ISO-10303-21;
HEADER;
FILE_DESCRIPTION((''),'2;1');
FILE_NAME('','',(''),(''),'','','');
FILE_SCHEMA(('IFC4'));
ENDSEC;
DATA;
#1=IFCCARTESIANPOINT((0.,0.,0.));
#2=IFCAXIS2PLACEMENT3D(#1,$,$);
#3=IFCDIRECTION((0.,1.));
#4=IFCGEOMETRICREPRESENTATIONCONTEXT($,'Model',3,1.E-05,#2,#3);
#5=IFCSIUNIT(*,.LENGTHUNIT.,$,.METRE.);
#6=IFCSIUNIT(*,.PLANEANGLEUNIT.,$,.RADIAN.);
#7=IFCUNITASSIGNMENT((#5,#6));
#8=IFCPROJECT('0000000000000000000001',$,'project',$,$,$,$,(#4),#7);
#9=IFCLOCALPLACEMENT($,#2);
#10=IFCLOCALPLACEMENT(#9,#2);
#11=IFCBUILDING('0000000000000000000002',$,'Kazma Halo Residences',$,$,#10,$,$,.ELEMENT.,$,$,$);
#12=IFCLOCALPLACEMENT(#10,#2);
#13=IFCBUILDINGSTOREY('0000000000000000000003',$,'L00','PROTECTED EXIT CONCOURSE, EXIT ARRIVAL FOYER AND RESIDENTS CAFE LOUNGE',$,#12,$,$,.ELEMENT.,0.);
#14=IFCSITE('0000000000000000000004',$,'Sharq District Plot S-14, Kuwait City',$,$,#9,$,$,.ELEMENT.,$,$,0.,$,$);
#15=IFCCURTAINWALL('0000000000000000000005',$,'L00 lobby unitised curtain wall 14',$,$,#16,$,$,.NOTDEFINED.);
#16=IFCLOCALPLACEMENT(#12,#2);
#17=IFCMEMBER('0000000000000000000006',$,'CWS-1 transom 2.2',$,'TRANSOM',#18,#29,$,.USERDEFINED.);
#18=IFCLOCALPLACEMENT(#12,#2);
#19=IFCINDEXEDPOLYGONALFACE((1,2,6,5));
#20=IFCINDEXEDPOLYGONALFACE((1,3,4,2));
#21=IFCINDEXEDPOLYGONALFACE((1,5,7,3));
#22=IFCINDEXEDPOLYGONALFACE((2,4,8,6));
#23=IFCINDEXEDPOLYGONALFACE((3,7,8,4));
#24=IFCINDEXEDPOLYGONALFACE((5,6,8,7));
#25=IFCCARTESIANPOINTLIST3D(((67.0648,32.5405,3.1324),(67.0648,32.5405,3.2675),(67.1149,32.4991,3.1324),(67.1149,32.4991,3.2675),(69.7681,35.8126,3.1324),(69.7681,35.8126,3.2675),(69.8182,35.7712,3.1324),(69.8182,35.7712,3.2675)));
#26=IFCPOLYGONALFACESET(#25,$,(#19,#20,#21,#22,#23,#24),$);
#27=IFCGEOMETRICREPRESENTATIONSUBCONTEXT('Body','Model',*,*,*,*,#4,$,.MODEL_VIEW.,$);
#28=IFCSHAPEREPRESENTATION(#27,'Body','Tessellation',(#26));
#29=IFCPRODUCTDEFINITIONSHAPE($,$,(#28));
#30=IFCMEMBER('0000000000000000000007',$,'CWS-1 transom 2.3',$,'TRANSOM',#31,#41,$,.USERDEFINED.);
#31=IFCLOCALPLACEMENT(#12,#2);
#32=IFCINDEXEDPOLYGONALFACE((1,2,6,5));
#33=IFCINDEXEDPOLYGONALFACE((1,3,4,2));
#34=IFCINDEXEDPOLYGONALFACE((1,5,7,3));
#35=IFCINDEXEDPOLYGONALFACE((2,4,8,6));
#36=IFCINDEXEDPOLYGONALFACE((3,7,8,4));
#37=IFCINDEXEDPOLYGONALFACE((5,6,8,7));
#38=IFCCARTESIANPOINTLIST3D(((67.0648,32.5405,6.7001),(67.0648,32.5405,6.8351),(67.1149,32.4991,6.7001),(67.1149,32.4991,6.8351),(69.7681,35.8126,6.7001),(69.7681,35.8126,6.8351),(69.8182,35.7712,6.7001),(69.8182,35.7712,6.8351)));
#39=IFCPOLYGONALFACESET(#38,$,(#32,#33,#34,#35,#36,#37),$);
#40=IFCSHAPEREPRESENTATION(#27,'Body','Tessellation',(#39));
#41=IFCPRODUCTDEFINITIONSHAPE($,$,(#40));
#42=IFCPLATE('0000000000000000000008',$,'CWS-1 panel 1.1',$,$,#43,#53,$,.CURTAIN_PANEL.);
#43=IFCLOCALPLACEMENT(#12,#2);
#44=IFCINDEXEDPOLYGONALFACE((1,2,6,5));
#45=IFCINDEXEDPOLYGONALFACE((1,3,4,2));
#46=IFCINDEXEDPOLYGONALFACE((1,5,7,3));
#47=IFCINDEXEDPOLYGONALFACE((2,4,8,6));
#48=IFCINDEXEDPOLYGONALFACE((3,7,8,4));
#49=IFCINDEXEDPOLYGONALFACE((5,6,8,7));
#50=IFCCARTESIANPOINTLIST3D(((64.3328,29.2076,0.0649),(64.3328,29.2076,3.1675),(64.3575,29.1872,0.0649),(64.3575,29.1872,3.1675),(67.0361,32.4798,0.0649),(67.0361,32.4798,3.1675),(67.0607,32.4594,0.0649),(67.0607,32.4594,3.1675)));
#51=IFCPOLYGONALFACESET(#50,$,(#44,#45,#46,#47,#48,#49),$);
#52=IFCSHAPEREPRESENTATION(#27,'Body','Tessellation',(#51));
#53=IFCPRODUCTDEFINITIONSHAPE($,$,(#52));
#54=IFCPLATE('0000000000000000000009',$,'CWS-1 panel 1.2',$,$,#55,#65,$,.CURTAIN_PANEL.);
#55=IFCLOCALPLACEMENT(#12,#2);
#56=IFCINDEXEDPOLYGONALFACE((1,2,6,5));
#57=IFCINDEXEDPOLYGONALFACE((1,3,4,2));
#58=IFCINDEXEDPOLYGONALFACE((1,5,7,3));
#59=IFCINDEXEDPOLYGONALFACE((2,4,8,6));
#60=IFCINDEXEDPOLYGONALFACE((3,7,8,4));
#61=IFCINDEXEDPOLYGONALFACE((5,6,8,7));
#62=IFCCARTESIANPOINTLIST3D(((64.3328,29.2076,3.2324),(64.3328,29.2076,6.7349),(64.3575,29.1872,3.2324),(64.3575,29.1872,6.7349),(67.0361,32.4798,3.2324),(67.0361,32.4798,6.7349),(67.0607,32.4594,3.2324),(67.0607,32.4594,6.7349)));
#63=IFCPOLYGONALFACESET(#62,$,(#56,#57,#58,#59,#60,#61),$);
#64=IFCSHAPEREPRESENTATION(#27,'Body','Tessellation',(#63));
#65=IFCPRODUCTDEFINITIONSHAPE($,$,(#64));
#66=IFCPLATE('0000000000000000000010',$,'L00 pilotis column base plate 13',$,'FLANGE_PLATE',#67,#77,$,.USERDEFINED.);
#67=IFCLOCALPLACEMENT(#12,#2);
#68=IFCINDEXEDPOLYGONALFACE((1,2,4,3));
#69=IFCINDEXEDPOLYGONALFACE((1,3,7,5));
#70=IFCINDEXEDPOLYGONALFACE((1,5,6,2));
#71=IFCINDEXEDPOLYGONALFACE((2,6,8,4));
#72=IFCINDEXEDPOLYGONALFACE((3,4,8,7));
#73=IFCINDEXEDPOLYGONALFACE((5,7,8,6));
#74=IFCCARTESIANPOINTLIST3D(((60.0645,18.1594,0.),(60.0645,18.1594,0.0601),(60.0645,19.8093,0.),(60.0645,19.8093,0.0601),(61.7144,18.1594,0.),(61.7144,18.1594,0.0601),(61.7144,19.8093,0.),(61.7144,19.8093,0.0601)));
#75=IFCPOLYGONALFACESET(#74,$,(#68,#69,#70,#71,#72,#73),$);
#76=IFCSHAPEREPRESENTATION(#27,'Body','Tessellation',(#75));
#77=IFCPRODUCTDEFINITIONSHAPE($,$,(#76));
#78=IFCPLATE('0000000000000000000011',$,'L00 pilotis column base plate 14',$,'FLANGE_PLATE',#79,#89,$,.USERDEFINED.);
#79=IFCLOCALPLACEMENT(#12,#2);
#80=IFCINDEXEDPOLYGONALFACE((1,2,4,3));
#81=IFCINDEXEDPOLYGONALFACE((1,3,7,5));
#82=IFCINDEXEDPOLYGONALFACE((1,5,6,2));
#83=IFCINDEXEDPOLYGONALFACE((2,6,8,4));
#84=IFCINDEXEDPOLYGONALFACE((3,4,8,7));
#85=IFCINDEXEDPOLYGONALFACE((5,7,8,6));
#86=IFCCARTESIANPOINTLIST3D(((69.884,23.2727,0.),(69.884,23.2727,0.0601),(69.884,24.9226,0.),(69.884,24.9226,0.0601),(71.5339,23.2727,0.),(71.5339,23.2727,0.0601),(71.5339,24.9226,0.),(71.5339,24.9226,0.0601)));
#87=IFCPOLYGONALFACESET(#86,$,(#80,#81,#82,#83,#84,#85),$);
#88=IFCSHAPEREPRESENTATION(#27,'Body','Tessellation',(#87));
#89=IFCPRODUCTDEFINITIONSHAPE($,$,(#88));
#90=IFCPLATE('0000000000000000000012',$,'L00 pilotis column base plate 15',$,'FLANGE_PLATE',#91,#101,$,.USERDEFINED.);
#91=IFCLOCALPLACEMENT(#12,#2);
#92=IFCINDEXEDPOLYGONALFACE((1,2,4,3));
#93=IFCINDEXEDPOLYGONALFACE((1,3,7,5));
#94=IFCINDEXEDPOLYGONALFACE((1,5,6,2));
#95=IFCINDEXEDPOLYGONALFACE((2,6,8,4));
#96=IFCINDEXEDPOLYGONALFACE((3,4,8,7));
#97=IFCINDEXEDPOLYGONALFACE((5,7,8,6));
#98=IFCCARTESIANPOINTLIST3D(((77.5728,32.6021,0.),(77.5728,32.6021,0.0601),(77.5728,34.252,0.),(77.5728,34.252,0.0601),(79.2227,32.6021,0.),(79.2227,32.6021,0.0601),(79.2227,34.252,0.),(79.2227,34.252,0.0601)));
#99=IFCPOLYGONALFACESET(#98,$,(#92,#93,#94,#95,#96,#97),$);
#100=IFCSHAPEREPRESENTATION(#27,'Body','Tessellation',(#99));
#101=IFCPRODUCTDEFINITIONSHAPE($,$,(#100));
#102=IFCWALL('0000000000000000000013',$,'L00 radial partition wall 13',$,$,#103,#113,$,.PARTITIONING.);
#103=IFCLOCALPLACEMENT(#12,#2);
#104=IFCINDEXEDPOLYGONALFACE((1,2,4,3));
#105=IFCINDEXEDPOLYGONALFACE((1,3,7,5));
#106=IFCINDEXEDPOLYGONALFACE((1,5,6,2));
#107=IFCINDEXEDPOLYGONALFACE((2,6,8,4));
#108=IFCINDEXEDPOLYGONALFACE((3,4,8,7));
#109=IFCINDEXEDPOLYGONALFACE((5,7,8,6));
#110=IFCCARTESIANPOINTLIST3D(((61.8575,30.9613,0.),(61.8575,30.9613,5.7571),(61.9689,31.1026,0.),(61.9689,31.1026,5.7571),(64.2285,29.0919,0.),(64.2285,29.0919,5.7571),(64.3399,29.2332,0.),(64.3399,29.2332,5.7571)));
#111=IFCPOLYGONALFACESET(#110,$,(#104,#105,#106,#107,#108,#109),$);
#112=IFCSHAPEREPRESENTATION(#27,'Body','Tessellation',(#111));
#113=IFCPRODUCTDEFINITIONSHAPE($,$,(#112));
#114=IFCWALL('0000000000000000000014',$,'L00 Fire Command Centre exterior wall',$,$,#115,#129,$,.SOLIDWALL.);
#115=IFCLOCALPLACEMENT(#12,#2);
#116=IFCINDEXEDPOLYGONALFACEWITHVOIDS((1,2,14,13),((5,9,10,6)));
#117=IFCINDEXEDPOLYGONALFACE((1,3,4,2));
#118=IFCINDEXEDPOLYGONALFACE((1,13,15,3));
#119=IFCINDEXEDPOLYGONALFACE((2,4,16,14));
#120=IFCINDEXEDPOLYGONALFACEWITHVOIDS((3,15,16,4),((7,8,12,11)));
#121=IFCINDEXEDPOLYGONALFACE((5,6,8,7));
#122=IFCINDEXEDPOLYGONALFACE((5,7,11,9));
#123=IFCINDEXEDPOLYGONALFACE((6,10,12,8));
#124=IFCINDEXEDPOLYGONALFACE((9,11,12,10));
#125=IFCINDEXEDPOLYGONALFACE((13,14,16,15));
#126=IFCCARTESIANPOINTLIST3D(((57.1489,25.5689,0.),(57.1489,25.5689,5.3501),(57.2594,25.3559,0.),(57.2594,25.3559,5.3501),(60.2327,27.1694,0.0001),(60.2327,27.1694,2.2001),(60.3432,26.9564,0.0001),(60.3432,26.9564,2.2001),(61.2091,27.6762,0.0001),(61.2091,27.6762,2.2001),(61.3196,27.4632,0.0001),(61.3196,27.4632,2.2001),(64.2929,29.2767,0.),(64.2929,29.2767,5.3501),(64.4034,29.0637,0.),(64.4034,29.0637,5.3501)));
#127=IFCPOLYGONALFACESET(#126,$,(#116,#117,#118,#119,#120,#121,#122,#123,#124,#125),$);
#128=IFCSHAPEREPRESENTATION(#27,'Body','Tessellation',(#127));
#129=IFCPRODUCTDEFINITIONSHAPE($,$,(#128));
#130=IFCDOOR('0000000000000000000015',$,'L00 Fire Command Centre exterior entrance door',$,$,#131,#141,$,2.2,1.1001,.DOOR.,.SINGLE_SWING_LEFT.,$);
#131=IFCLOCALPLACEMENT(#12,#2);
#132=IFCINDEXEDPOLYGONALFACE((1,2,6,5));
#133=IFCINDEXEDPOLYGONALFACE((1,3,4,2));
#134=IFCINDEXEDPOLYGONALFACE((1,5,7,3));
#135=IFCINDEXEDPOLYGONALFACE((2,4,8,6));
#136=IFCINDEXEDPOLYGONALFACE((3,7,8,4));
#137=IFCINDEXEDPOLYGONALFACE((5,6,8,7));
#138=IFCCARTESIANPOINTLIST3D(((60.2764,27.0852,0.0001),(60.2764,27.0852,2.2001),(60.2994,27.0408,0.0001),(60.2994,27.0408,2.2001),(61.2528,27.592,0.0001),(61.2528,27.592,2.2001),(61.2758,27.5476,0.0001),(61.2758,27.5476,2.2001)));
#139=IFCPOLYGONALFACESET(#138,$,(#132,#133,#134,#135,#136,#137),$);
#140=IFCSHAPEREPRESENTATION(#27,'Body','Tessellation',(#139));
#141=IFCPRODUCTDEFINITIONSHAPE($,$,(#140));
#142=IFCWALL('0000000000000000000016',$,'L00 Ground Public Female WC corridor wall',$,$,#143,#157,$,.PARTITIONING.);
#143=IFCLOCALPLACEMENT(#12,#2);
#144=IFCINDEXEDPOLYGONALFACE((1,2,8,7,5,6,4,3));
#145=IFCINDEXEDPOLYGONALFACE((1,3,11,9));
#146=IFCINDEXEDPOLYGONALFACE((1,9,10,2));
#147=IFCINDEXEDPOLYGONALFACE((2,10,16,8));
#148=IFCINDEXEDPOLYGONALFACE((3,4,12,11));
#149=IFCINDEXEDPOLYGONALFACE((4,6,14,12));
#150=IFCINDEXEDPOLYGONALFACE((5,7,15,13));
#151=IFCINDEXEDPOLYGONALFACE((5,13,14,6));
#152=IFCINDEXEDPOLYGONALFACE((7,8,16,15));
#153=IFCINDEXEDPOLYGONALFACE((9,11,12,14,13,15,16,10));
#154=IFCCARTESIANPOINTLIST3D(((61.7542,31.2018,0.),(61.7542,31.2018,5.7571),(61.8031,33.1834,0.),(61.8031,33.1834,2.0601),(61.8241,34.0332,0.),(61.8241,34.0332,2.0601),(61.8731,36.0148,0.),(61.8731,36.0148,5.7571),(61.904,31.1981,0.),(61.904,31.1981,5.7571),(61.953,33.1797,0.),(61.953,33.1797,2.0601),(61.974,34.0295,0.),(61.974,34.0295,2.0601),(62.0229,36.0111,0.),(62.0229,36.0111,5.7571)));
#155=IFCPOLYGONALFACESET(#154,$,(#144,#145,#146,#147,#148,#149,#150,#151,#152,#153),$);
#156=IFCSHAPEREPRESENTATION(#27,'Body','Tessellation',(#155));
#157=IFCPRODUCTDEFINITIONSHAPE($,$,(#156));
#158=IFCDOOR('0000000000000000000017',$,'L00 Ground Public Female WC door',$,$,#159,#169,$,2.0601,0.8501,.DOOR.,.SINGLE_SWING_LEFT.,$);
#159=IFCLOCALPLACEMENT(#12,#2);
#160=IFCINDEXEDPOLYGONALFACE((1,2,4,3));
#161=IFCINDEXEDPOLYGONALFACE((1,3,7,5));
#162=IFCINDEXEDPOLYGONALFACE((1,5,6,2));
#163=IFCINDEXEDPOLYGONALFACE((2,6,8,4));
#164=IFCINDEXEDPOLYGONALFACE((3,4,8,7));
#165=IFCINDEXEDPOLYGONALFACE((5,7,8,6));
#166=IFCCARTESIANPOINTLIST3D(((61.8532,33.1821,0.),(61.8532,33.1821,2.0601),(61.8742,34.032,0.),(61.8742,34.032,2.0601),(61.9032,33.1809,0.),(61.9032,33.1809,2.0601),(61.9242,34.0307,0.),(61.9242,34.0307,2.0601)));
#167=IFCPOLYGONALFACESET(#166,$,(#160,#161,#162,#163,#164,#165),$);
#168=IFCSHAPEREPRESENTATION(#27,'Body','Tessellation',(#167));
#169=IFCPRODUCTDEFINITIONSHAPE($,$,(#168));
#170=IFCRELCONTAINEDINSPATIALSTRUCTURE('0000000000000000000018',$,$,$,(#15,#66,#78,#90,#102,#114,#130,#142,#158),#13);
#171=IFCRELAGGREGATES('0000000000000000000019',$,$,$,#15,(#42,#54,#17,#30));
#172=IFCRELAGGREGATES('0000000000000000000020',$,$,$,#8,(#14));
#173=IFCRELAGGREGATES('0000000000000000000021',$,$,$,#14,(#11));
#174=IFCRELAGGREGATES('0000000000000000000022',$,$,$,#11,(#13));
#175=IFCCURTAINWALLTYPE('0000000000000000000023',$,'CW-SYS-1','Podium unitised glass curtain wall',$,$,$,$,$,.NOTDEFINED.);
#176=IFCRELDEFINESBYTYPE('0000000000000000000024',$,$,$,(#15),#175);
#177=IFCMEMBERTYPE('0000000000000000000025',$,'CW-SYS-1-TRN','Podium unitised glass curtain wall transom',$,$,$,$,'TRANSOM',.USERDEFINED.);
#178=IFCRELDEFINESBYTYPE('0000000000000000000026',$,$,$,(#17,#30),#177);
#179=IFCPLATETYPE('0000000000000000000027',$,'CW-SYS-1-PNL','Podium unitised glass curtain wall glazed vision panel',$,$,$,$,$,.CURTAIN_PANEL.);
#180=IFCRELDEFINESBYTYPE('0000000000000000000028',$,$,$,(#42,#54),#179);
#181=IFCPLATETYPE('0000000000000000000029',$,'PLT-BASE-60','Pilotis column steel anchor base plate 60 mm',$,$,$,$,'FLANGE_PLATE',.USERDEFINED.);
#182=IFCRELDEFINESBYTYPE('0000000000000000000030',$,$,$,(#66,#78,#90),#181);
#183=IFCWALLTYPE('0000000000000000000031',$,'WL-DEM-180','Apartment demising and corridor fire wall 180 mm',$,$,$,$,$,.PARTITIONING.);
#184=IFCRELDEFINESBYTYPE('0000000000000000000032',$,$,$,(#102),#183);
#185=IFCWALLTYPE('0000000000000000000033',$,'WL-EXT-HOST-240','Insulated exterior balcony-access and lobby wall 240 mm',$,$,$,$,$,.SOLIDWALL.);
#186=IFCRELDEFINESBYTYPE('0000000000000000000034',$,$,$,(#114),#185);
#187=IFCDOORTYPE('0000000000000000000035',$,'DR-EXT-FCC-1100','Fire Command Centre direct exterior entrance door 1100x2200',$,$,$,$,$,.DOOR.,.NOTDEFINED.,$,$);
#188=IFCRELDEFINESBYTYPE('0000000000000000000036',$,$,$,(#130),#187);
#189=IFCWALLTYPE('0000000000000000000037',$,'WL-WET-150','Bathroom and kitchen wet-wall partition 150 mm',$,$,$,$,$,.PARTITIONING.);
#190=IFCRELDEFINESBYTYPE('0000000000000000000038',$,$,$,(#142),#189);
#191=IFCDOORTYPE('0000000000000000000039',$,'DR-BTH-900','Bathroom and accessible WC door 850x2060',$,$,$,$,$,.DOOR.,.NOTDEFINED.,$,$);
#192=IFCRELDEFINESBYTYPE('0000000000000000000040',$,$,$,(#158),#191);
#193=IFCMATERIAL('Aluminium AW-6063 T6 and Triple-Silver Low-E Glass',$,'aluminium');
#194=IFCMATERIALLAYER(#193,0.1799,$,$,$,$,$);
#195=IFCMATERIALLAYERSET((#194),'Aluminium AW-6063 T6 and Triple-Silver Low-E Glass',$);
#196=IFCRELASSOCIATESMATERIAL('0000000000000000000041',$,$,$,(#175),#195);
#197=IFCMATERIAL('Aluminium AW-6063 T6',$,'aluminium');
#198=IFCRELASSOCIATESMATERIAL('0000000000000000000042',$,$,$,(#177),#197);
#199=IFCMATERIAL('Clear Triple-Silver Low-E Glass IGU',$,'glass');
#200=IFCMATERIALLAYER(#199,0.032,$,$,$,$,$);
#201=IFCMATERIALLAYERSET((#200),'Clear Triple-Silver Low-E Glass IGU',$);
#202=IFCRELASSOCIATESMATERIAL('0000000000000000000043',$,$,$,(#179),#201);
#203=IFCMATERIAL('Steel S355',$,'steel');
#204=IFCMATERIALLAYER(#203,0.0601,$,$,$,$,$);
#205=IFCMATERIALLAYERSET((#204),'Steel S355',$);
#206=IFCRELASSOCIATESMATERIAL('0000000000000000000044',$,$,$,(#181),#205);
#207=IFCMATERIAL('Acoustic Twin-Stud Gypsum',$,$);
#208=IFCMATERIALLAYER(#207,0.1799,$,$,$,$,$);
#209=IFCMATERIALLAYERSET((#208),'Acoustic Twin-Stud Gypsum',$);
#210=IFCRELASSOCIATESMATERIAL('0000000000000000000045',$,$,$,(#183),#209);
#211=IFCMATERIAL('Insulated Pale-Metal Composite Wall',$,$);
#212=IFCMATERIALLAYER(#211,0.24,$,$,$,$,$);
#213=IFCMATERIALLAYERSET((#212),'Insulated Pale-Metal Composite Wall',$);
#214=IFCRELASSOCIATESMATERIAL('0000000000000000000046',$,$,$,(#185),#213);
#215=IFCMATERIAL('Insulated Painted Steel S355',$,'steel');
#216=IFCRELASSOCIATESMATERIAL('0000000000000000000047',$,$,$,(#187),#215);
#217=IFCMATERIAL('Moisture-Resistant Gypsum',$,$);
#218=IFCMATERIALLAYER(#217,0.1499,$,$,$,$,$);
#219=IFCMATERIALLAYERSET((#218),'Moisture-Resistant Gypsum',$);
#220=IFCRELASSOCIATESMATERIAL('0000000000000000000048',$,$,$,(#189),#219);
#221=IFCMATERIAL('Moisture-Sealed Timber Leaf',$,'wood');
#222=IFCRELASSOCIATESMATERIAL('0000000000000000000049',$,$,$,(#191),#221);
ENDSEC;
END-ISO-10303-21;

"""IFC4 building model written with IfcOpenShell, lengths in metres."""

from ifc_helpers import new_model, si_unit, direction, frame, frame_2d, origin, origin_2d, place, context, subcontext, project, spatial, rectangle, extrude, material, layer, layer_set, material_profile, profile_set, type_object, element, fill, aggregate, save


model = new_model("IFC4")

# Units and contexts
model_context = context("Model", 3, precision=1e-05, world=origin(), true_north=direction((0.0, 1.0)))
body_context = subcontext(model_context, "Body", "Model", "MODEL_VIEW")
ifc_project = project(units=[si_unit("LENGTHUNIT", "METRE"), si_unit("PLANEANGLEUNIT", "RADIAN")], contexts=[model_context])

# Site, building, storey
site_placement = place(None, origin())
site = spatial("IfcSite", under=ifc_project, at=site_placement, Name="Sharq District Plot S-14, Kuwait City", CompositionType="ELEMENT", RefElevation=0.0)
building_placement = place(site_placement, origin())
building = spatial("IfcBuilding", under=site, at=building_placement, Name="Kazma Halo Residences", CompositionType="ELEMENT")
storey_placement = place(building_placement, origin())
storey = spatial("IfcBuildingStorey", under=building, at=storey_placement, Name="L00", Description="PROTECTED EXIT CONCOURSE, EXIT ARRIVAL FOYER AND RESIDENTS CAFE LOUNGE", CompositionType="ELEMENT", Elevation=0.0)

# Shared definitions
ifc_material_1 = material(Name="Steel S355", Category="steel")

# Shared definitions
ifc_material_2 = material(Name="Aluminium AW-6063 T6 and Triple-Silver Low-E Glass", Category="aluminium")
ifc_layer_1 = layer(ifc_material_2, 0.1799)
ifc_layer_set_1 = layer_set([ifc_layer_1], Name="Aluminium AW-6063 T6 and Triple-Silver Low-E Glass")
curtain_wall_type = type_object("IfcCurtainWallType", Name="CW-SYS-1", Description="Podium unitised glass curtain wall", PredefinedType="NOTDEFINED", material=ifc_layer_set_1)
ifc_material_3 = material(Name="Aluminium AW-6063 T6", Category="aluminium")

# Curtain wall, members, plates
curtain_wall_1_placement = place(storey_placement, origin())
curtain_wall_1 = element("IfcCurtainWall", 1, at=curtain_wall_1_placement, inside=storey, type_object=curtain_wall_type, Name="L00 lobby unitised curtain wall 14", PredefinedType="NOTDEFINED")
ifc_material_profile_1 = material_profile(ifc_material_3, rectangle(XDim=0.0649, YDim=0.135, at=origin_2d()), Name="CWT-65x135")
ifc_profile_set_1 = profile_set([ifc_material_profile_1], Name="Aluminium AW-6063 T6")
member_type_1 = type_object("IfcMemberType", Name="CW-SYS-1-TRN", Description="Podium unitised glass curtain wall transom", ElementType="TRANSOM", PredefinedType="USERDEFINED", material=ifc_profile_set_1)
member_1_placement = place(storey_placement, frame((67.0898, 32.5198, 3.2), z_axis=(0.636914, 0.770935, 0.0), x_axis=(-0.770935, 0.636914, 0.0)))
member_1 = element("IfcMember", 2, at=member_1_placement, type_object=member_type_1, Name="CWS-1 transom 2.2", ObjectType="TRANSOM", PredefinedType="USERDEFINED", context=body_context, shape_type="SweptSolid", body=[
    extrude(rectangle(XDim=0.0649, YDim=0.135, at=origin_2d()), origin(), (0.0, 0.0, 1.0), 4.2444),
])
member_2_placement = place(storey_placement, frame((67.0898, 32.5198, 6.7676), z_axis=(0.636914, 0.770935, 0.0), x_axis=(-0.770935, 0.636914, 0.0)))
member_2 = element("IfcMember", 3, at=member_2_placement, type_object=member_type_1, Name="CWS-1 transom 2.3", ObjectType="TRANSOM", PredefinedType="USERDEFINED", context=body_context, shape_type="SweptSolid", body=[
    extrude(rectangle(XDim=0.0649, YDim=0.135, at=origin_2d()), origin(), (0.0, 0.0, 1.0), 4.2444),
])
ifc_material_4 = material(Name="Clear Triple-Silver Low-E Glass IGU", Category="glass")
ifc_layer_2 = layer(ifc_material_4, 0.032)
ifc_layer_set_2 = layer_set([ifc_layer_2], Name="Clear Triple-Silver Low-E Glass IGU")
plate_type_1 = type_object("IfcPlateType", Name="CW-SYS-1-PNL", Description="Podium unitised glass curtain wall glazed vision panel", PredefinedType="CURTAIN_PANEL", material=ifc_layer_set_2)
plate_1_placement = place(storey_placement, frame((65.6968, 30.8335, 0.0649), z_axis=(0.0, 0.0, 1.0), x_axis=(0.636903, 0.770944, 0.0)))
plate_1 = element("IfcPlate", 4, at=plate_1_placement, type_object=plate_type_1, Name="CWS-1 panel 1.1", PredefinedType="CURTAIN_PANEL", context=body_context, shape_type="SweptSolid", body=[
    extrude(rectangle(XDim=4.2444, YDim=0.032, at=origin_2d()), origin(), (0.0, 0.0, 1.0), 3.1025),
])
plate_2_placement = place(storey_placement, frame((65.6968, 30.8335, 3.2324), z_axis=(0.0, 0.0, 1.0), x_axis=(0.636903, 0.770944, 0.0)))
plate_2 = element("IfcPlate", 5, at=plate_2_placement, type_object=plate_type_1, Name="CWS-1 panel 1.2", PredefinedType="CURTAIN_PANEL", context=body_context, shape_type="SweptSolid", body=[
    extrude(rectangle(XDim=4.2444, YDim=0.032, at=origin_2d()), origin(), (0.0, 0.0, 1.0), 3.5024),
])
aggregate(curtain_wall_1, [plate_1, plate_2, member_1, member_2])

# Plates
ifc_layer_3 = layer(ifc_material_1, 0.0601)
ifc_layer_set_3 = layer_set([ifc_layer_3], Name="Steel S355")
plate_type_2 = type_object("IfcPlateType", Name="PLT-BASE-60", Description="Pilotis column steel anchor base plate 60 mm", ElementType="FLANGE_PLATE", PredefinedType="USERDEFINED", material=ifc_layer_set_3)
for number, where, z_axis, x_axis, name in (
    (6, (60.8894, 18.9844, 0.0), (0.0, 0.0, 1.0), (1.0, 0.0, 0.0), "L00 pilotis column base plate 13"),
    (7, (70.709, 24.0977, 0.0), (0.0, 0.0, 1.0), (1.0, 0.0, 0.0), "L00 pilotis column base plate 14"),
    (8, (78.3977, 33.427, 0.0), (0.0, 0.0, 1.0), (1.0, 0.0, 0.0), "L00 pilotis column base plate 15"),
):
    element("IfcPlate", number, at=place(storey_placement, frame(where, z_axis=z_axis, x_axis=x_axis)), inside=storey, type_object=plate_type_2, Name=name, ObjectType="FLANGE_PLATE", PredefinedType="USERDEFINED", context=body_context, shape_type="SweptSolid", body=[
        extrude(rectangle(XDim=1.6499, YDim=1.6499, at=origin_2d()), origin(), (0.0, 0.0, 1.0), 0.0601),
    ])

# Wall
ifc_material_5 = material(Name="Acoustic Twin-Stud Gypsum")
ifc_layer_4 = layer(ifc_material_5, 0.1799)
ifc_layer_set_4 = layer_set([ifc_layer_4], Name="Acoustic Twin-Stud Gypsum")
wall_type_1 = type_object("IfcWallType", Name="WL-DEM-180", Description="Apartment demising and corridor fire wall 180 mm", PredefinedType="PARTITIONING", material=ifc_layer_set_4)
wall_1_placement = place(storey_placement, frame((61.9131, 31.032, 0.0), z_axis=(0.0, 0.0, 1.0), x_axis=(0.78529, -0.619128, 0.0)))
element("IfcWall", 9, at=wall_1_placement, inside=storey, type_object=wall_type_1, Name="L00 radial partition wall 13", PredefinedType="PARTITIONING", context=body_context, shape_type="SweptSolid", body=[
    extrude(rectangle(XDim=3.0193, YDim=0.1799, at=frame_2d((1.5098, 0.0))), origin(), (0.0, 0.0, 1.0), 5.7571),
])

# Walls, openings, doors
ifc_material_6 = material(Name="Insulated Pale-Metal Composite Wall")
ifc_layer_5 = layer(ifc_material_6, 0.24)
ifc_layer_set_5 = layer_set([ifc_layer_5], Name="Insulated Pale-Metal Composite Wall")
wall_type_2 = type_object("IfcWallType", Name="WL-EXT-HOST-240", Description="Insulated exterior balcony-access and lobby wall 240 mm", PredefinedType="SOLIDWALL", material=ifc_layer_set_5)
wall_2_placement = place(storey_placement, frame((64.3481, 29.1702, 0.0), z_axis=(0.0, 0.0, 1.0), x_axis=(-0.88758, -0.460654, 0.0)))
wall_2 = element("IfcWall", 10, at=wall_2_placement, inside=storey, type_object=wall_type_2, Name="L00 Fire Command Centre exterior wall", PredefinedType="SOLIDWALL", context=body_context, shape_type="SweptSolid", body=[
    extrude(rectangle(XDim=8.0488, YDim=0.24, at=frame_2d((4.0244, 0.0))), origin(), (0.0, 0.0, 1.0), 5.3501),
])
opening_1_placement = place(wall_2_placement, frame((3.4744, 0.0, 0.0)))
opening_1 = element("IfcOpeningElement", 11, at=opening_1_placement, cuts=wall_2, PredefinedType="OPENING", context=body_context, shape_type="SweptSolid", body=[
    extrude(rectangle(XDim=1.1001, YDim=2.2, at=frame_2d((0.55, 1.1001))), frame((0.0, 0.1299, 0.0), z_axis=(0.0, -1.0, 0.0), x_axis=(1.0, 0.0, 0.0)), (0.0, 0.0, 1.0), 0.26),
])
ifc_material_7 = material(Name="Insulated Painted Steel S355", Category="steel")
door_type_1 = type_object("IfcDoorType", Name="DR-EXT-FCC-1100", Description="Fire Command Centre direct exterior entrance door 1100x2200", OperationType="NOTDEFINED", PredefinedType="DOOR", material=ifc_material_7)
door_1_placement = place(opening_1_placement, origin())
door_1 = element("IfcDoor", 12, at=door_1_placement, inside=storey, type_object=door_type_1, Name="L00 Fire Command Centre exterior entrance door", OperationType="SINGLE_SWING_LEFT", OverallHeight=2.2, OverallWidth=1.1001, PredefinedType="DOOR", context=body_context, shape_type="SweptSolid", body=[
    extrude(rectangle(XDim=1.1001, YDim=2.2, at=frame_2d((0.55, 1.1001))), frame((0.0, 0.0249, 0.0), z_axis=(0.0, -1.0, 0.0), x_axis=(1.0, 0.0, 0.0)), (0.0, 0.0, 1.0), 0.05),
])
fill(opening_1, door_1)
ifc_material_8 = material(Name="Moisture-Resistant Gypsum")
ifc_layer_6 = layer(ifc_material_8, 0.1499)
ifc_layer_set_6 = layer_set([ifc_layer_6], Name="Moisture-Resistant Gypsum")
wall_type_3 = type_object("IfcWallType", Name="WL-WET-150", Description="Bathroom and kitchen wet-wall partition 150 mm", PredefinedType="PARTITIONING", material=ifc_layer_set_6)
wall_3_placement = place(storey_placement, frame((61.8291, 31.2, 0.0), z_axis=(0.0, 0.0, 1.0), x_axis=(0.024696, 0.999695, 0.0)))
wall_3 = element("IfcWall", 13, at=wall_3_placement, inside=storey, type_object=wall_type_3, Name="L00 Ground Public Female WC corridor wall", PredefinedType="PARTITIONING", context=body_context, shape_type="SweptSolid", body=[
    extrude(rectangle(XDim=4.8145, YDim=0.1499, at=frame_2d((2.4072, 0.0))), origin(), (0.0, 0.0, 1.0), 5.7571),
])
opening_2_placement = place(wall_3_placement, frame((1.9822, 0.0, 0.0)))
opening_2 = element("IfcOpeningElement", 14, at=opening_2_placement, cuts=wall_3, PredefinedType="OPENING", context=body_context, shape_type="SweptSolid", body=[
    extrude(rectangle(XDim=0.8501, YDim=2.0601, at=frame_2d((0.425, 1.03))), frame((0.0, 0.085, 0.0), z_axis=(0.0, -1.0, 0.0), x_axis=(1.0, 0.0, 0.0)), (0.0, 0.0, 1.0), 0.1699),
])
ifc_material_9 = material(Name="Moisture-Sealed Timber Leaf", Category="wood")
door_type_2 = type_object("IfcDoorType", Name="DR-BTH-900", Description="Bathroom and accessible WC door 850x2060", OperationType="NOTDEFINED", PredefinedType="DOOR", material=ifc_material_9)
door_2_placement = place(opening_2_placement, origin())
door_2 = element("IfcDoor", 15, at=door_2_placement, inside=storey, type_object=door_type_2, Name="L00 Ground Public Female WC door", OperationType="SINGLE_SWING_LEFT", OverallHeight=2.0601, OverallWidth=0.8501, PredefinedType="DOOR", context=body_context, shape_type="SweptSolid", body=[
    extrude(rectangle(XDim=0.8501, YDim=2.0601, at=frame_2d((0.425, 1.03))), frame((0.0, 0.0249, 0.0), z_axis=(0.0, -1.0, 0.0), x_axis=(1.0, 0.0, 0.0)), (0.0, 0.0, 1.0), 0.05),
])
fill(opening_2, door_2)

save(model, "model.ifc")
